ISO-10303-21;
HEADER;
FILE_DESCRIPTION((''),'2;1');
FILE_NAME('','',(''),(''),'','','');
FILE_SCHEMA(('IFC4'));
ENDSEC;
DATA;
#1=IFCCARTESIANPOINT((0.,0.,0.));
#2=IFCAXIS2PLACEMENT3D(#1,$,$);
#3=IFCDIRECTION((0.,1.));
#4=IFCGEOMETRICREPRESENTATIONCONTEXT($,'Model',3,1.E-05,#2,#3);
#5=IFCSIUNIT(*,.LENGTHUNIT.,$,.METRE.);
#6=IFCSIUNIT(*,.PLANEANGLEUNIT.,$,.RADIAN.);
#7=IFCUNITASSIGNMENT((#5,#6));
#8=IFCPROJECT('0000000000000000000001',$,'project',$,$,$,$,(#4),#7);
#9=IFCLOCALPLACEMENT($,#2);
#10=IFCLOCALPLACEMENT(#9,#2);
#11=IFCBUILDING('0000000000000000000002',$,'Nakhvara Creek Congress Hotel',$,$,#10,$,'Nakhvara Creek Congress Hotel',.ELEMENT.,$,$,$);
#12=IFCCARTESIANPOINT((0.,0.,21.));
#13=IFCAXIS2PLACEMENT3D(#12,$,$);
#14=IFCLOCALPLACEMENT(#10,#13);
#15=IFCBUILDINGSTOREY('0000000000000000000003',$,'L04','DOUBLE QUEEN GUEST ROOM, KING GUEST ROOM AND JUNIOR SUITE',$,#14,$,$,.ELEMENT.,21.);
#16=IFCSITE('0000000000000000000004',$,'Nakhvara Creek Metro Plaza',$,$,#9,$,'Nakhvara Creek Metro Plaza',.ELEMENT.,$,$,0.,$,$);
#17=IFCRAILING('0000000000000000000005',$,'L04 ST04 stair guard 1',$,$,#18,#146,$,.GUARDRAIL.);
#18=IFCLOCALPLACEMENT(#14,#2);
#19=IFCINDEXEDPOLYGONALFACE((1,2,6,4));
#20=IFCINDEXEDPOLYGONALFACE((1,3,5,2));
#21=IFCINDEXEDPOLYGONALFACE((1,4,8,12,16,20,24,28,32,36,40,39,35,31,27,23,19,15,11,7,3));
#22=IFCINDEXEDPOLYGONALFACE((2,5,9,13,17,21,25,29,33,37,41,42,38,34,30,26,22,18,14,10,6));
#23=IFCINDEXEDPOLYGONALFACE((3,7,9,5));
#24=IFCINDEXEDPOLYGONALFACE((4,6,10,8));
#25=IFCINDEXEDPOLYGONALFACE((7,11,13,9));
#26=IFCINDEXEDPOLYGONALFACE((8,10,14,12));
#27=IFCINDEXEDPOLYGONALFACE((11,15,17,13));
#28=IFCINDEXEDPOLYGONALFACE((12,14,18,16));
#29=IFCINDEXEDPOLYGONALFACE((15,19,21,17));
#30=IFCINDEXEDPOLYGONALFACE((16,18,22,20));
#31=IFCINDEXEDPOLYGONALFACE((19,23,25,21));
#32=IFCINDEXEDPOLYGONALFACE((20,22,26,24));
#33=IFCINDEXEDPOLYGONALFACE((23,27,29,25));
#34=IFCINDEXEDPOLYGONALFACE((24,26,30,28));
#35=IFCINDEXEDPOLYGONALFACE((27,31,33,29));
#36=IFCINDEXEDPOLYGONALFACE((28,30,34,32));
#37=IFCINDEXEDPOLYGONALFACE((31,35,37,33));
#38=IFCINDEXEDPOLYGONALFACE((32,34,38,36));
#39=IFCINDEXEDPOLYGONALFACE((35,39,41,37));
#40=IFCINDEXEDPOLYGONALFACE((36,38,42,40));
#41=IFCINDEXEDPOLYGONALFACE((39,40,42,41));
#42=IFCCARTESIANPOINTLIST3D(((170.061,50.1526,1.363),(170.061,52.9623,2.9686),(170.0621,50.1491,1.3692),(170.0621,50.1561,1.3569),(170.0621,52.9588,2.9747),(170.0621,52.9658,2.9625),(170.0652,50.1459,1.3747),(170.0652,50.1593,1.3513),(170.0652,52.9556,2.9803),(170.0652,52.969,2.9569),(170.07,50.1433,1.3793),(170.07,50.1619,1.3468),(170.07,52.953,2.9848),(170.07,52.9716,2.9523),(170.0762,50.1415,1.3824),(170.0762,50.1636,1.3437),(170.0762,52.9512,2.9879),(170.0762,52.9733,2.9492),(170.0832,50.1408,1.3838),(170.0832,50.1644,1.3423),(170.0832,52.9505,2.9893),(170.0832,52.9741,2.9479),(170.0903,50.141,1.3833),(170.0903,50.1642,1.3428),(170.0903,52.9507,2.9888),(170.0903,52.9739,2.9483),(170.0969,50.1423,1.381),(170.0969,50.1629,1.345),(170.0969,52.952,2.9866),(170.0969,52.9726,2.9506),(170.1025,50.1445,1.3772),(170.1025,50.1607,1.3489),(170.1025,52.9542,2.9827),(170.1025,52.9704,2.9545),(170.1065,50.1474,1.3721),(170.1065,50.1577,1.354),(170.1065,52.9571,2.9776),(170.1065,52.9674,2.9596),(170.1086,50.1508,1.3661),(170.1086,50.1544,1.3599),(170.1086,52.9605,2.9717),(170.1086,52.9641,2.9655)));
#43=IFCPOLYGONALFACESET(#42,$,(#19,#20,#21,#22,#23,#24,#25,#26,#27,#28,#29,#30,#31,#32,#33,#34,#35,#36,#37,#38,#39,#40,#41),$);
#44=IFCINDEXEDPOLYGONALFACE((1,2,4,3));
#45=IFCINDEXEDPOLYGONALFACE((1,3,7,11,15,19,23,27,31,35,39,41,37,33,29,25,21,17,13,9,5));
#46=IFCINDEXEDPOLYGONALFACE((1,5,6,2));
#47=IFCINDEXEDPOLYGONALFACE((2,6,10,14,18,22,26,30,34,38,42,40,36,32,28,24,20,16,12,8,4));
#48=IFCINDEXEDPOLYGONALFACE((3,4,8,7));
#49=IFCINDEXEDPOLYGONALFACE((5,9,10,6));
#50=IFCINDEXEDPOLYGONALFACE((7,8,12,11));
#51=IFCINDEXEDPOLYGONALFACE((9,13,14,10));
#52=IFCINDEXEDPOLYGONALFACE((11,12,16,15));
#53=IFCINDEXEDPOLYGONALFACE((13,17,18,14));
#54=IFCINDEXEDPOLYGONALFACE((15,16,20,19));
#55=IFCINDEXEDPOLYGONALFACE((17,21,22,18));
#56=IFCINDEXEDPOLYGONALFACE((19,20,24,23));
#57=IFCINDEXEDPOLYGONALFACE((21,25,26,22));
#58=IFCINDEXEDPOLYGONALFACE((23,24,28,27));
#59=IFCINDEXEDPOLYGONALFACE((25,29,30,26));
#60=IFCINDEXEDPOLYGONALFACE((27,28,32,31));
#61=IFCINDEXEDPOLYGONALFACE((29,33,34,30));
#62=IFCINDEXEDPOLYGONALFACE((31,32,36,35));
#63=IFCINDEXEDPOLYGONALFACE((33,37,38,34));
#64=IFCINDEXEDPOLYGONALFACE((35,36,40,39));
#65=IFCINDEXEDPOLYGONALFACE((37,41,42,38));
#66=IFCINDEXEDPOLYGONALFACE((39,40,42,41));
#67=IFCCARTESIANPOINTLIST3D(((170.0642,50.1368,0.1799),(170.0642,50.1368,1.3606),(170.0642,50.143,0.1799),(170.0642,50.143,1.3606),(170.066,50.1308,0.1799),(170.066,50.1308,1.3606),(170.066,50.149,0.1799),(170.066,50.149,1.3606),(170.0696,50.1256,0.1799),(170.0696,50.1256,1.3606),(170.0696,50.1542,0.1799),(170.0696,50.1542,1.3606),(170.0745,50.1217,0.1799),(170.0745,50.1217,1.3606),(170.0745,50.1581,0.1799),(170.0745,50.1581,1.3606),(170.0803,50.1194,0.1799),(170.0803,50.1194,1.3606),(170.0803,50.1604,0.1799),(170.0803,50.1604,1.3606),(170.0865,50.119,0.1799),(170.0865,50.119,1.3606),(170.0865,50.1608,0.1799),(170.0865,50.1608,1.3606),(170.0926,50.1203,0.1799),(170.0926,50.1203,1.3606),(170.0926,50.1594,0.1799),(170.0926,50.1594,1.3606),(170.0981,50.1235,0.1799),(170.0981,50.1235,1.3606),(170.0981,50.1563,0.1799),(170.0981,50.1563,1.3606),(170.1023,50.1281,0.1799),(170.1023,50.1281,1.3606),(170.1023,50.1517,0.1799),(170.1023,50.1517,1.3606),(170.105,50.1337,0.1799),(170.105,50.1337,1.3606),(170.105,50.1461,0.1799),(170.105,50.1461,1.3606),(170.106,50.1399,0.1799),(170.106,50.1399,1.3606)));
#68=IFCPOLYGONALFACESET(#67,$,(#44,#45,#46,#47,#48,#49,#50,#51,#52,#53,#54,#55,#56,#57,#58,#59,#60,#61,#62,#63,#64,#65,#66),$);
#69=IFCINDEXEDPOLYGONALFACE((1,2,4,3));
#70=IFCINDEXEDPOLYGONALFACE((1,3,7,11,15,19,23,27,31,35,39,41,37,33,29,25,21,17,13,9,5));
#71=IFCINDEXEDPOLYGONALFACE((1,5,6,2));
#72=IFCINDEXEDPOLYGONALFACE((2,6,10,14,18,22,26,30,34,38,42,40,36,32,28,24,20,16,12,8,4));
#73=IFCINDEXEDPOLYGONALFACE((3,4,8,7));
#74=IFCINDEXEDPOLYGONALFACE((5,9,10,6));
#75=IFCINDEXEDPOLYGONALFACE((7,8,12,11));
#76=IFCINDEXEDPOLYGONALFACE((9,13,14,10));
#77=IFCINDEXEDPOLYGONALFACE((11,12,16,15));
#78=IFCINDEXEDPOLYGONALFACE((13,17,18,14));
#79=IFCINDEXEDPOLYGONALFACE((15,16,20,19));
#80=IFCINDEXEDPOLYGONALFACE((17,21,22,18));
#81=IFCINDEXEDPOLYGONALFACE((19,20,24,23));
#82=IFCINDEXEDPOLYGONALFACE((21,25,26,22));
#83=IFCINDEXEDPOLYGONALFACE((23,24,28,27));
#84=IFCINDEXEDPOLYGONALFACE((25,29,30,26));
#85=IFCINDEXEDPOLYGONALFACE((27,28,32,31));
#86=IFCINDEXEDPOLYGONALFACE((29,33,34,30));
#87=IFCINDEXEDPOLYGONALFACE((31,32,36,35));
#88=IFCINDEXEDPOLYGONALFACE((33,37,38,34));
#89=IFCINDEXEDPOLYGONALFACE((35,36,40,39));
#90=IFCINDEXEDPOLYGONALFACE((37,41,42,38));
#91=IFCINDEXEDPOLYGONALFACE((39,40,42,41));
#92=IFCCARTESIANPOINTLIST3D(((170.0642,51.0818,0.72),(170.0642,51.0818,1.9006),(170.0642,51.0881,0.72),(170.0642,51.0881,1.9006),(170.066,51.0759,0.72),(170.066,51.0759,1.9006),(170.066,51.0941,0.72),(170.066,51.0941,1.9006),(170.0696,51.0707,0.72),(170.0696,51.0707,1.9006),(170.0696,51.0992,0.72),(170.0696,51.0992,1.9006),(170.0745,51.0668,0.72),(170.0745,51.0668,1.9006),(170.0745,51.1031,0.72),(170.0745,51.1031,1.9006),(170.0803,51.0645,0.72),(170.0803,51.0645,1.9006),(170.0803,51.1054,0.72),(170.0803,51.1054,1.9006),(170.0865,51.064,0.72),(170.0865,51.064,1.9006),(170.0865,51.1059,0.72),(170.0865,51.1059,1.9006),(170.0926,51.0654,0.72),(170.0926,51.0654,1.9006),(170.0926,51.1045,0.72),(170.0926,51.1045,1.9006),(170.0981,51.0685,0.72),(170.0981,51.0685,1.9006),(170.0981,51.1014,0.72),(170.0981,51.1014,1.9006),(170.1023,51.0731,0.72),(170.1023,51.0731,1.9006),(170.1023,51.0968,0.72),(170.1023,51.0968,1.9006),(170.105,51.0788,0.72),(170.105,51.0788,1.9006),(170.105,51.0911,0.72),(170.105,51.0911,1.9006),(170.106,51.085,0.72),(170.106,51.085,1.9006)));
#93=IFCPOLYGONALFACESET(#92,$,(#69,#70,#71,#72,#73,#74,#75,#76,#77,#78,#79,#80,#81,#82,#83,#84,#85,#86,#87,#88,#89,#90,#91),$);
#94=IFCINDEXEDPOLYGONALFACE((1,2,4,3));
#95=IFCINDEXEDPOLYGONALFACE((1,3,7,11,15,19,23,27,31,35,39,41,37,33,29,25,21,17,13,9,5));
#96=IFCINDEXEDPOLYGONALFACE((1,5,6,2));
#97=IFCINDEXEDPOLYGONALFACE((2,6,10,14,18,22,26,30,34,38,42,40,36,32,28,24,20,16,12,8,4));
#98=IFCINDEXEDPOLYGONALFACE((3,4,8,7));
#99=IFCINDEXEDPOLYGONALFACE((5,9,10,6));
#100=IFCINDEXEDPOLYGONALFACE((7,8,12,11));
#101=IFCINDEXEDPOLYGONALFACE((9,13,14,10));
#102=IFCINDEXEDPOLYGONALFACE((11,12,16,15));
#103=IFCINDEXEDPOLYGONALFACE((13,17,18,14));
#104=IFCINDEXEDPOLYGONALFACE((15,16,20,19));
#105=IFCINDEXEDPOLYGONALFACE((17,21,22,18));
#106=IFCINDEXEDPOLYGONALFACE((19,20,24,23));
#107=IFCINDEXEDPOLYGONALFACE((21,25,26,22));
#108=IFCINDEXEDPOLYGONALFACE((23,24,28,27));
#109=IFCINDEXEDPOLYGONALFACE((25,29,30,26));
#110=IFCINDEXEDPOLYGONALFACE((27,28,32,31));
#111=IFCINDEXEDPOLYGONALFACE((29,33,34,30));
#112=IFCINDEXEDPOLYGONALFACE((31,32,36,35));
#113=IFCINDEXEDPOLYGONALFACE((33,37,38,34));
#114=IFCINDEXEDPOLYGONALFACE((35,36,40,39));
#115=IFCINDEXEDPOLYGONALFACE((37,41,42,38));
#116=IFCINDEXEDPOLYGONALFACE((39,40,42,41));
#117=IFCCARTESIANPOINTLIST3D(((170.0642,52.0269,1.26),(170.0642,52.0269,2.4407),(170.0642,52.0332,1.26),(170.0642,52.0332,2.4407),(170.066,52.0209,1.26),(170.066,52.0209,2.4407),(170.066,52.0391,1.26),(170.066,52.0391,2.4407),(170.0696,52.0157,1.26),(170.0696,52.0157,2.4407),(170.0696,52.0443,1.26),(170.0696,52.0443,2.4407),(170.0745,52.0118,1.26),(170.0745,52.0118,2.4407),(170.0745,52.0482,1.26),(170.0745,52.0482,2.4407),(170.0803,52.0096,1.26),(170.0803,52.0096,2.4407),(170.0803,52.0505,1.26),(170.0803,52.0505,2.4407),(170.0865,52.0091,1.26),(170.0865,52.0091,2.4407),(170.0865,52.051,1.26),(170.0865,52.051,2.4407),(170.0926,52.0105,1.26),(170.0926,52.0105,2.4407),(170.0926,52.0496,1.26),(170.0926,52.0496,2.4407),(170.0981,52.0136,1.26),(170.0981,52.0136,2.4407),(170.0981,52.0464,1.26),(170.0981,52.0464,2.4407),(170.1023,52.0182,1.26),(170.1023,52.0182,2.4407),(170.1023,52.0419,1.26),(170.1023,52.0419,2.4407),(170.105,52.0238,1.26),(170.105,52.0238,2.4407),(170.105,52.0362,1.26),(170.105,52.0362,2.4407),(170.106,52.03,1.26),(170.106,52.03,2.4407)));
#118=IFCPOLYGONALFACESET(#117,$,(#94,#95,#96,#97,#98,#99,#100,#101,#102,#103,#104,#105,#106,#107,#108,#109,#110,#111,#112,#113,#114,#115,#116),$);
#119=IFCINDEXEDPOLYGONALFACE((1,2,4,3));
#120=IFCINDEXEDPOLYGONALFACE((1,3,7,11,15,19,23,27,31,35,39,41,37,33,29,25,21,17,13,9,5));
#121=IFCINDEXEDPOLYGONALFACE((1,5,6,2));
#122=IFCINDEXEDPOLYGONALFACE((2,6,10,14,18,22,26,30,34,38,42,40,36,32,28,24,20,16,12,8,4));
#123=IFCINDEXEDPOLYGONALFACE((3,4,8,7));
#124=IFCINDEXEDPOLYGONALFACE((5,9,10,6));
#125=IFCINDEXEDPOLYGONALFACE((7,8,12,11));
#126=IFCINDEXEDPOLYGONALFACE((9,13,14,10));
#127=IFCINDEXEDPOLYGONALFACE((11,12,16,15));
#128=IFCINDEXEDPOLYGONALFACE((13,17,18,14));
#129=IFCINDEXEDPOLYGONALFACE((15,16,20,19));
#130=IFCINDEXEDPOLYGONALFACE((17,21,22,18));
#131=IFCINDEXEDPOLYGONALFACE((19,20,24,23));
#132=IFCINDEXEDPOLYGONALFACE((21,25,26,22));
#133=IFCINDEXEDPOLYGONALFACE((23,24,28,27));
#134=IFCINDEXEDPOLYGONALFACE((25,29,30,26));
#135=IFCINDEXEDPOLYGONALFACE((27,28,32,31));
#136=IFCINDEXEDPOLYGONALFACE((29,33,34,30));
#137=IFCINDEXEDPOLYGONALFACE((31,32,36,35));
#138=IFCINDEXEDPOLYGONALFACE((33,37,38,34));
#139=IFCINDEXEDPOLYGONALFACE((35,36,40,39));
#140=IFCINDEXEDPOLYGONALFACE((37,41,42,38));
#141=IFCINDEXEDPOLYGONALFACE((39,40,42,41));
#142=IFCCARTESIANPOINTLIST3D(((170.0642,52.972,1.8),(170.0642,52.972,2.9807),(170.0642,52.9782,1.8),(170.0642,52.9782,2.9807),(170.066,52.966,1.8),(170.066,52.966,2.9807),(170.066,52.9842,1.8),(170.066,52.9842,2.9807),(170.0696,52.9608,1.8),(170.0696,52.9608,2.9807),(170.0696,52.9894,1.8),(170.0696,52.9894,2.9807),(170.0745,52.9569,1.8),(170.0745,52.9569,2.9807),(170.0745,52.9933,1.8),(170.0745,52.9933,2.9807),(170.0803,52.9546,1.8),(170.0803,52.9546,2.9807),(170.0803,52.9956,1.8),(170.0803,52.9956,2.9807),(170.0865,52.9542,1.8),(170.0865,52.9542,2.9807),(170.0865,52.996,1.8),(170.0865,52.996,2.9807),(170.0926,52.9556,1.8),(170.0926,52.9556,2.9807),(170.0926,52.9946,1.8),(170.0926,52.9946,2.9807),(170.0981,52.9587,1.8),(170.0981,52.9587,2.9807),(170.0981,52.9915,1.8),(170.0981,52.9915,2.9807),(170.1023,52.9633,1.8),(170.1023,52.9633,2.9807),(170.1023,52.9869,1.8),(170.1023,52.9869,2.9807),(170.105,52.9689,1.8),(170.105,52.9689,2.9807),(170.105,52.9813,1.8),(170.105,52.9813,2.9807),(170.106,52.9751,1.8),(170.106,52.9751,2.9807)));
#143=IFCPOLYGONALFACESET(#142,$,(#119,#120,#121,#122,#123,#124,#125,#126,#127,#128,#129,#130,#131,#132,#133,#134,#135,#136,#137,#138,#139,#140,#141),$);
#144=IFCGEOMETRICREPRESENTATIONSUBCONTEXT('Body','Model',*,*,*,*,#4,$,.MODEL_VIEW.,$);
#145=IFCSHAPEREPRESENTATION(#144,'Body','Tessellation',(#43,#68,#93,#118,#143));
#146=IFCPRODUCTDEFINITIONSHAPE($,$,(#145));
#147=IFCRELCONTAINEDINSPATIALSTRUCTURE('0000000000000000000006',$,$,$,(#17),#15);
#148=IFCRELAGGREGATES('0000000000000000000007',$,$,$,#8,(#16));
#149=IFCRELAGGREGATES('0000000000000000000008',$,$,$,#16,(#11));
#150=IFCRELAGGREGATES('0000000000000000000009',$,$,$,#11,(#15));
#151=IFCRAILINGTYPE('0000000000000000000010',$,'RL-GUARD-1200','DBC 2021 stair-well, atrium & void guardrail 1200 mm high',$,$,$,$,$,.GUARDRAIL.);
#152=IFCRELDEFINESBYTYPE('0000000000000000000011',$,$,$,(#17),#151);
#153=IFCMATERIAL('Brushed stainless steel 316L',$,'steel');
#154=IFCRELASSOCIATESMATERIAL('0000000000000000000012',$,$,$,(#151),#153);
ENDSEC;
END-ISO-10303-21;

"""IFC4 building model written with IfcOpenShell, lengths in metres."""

from ifc_helpers import new_model, si_unit, direction, frame, origin, origin_2d, place, context, subcontext, project, spatial, circle, extrude, material, type_object, element, save


model = new_model("IFC4")

# Units and contexts
model_context = context("Model", 3, precision=1e-05, world=origin(), true_north=direction((0.0, 1.0)))
body_context = subcontext(model_context, "Body", "Model", "MODEL_VIEW")
ifc_project = project(units=[si_unit("LENGTHUNIT", "METRE"), si_unit("PLANEANGLEUNIT", "RADIAN")], contexts=[model_context])

# Site, building, storey
site_placement = place(None, origin())
site = spatial("IfcSite", under=ifc_project, at=site_placement, Name="Nakhvara Creek Metro Plaza", LongName="Nakhvara Creek Metro Plaza", CompositionType="ELEMENT", RefElevation=0.0)
building_placement = place(site_placement, origin())
building = spatial("IfcBuilding", under=site, at=building_placement, Name="Nakhvara Creek Congress Hotel", LongName="Nakhvara Creek Congress Hotel", CompositionType="ELEMENT")
storey_placement = place(building_placement, frame((0.0, 0.0, 21.0)))
storey = spatial("IfcBuildingStorey", under=building, at=storey_placement, Name="L04", Description="DOUBLE QUEEN GUEST ROOM, KING GUEST ROOM AND JUNIOR SUITE", CompositionType="ELEMENT", Elevation=21.0)

# Railing
ifc_material_1 = material(Name="Brushed stainless steel 316L", Category="steel")
railing_type_1 = type_object("IfcRailingType", Name="RL-GUARD-1200", Description="DBC 2021 stair-well, atrium & void guardrail 1200 mm high", PredefinedType="GUARDRAIL", material=ifc_material_1)
railing_1_placement = place(storey_placement, frame((170.085, 50.1399, 0.1799)))
element("IfcRailing", 1, at=railing_1_placement, inside=storey, type_object=railing_type_1, Name="L04 ST04 stair guard 1", PredefinedType="GUARDRAIL", context=body_context, shape_type="SweptSolid", body=[
    extrude(circle(Radius=0.0239, at=origin_2d()), frame((0.0, 0.0127, 1.1831), z_axis=(0.0, 0.868243, 0.496139), x_axis=(-1.0, 0.0, 0.0)), (0.0, 0.0, 1.0), 3.2361),
    extrude(circle(Radius=0.021, at=origin_2d()), origin(), (0.0, 0.0, 1.0), 1.1807),
    extrude(circle(Radius=0.021, at=origin_2d()), frame((0.0, 0.9451, 0.54)), (0.0, 0.0, 1.0), 1.1807),
    extrude(circle(Radius=0.021, at=origin_2d()), frame((0.0, 1.8901, 1.0801)), (0.0, 0.0, 1.0), 1.1807),
    extrude(circle(Radius=0.021, at=origin_2d()), frame((0.0, 2.8352, 1.6201)), (0.0, 0.0, 1.0), 1.1807),
])

save(model, "model.ifc")
